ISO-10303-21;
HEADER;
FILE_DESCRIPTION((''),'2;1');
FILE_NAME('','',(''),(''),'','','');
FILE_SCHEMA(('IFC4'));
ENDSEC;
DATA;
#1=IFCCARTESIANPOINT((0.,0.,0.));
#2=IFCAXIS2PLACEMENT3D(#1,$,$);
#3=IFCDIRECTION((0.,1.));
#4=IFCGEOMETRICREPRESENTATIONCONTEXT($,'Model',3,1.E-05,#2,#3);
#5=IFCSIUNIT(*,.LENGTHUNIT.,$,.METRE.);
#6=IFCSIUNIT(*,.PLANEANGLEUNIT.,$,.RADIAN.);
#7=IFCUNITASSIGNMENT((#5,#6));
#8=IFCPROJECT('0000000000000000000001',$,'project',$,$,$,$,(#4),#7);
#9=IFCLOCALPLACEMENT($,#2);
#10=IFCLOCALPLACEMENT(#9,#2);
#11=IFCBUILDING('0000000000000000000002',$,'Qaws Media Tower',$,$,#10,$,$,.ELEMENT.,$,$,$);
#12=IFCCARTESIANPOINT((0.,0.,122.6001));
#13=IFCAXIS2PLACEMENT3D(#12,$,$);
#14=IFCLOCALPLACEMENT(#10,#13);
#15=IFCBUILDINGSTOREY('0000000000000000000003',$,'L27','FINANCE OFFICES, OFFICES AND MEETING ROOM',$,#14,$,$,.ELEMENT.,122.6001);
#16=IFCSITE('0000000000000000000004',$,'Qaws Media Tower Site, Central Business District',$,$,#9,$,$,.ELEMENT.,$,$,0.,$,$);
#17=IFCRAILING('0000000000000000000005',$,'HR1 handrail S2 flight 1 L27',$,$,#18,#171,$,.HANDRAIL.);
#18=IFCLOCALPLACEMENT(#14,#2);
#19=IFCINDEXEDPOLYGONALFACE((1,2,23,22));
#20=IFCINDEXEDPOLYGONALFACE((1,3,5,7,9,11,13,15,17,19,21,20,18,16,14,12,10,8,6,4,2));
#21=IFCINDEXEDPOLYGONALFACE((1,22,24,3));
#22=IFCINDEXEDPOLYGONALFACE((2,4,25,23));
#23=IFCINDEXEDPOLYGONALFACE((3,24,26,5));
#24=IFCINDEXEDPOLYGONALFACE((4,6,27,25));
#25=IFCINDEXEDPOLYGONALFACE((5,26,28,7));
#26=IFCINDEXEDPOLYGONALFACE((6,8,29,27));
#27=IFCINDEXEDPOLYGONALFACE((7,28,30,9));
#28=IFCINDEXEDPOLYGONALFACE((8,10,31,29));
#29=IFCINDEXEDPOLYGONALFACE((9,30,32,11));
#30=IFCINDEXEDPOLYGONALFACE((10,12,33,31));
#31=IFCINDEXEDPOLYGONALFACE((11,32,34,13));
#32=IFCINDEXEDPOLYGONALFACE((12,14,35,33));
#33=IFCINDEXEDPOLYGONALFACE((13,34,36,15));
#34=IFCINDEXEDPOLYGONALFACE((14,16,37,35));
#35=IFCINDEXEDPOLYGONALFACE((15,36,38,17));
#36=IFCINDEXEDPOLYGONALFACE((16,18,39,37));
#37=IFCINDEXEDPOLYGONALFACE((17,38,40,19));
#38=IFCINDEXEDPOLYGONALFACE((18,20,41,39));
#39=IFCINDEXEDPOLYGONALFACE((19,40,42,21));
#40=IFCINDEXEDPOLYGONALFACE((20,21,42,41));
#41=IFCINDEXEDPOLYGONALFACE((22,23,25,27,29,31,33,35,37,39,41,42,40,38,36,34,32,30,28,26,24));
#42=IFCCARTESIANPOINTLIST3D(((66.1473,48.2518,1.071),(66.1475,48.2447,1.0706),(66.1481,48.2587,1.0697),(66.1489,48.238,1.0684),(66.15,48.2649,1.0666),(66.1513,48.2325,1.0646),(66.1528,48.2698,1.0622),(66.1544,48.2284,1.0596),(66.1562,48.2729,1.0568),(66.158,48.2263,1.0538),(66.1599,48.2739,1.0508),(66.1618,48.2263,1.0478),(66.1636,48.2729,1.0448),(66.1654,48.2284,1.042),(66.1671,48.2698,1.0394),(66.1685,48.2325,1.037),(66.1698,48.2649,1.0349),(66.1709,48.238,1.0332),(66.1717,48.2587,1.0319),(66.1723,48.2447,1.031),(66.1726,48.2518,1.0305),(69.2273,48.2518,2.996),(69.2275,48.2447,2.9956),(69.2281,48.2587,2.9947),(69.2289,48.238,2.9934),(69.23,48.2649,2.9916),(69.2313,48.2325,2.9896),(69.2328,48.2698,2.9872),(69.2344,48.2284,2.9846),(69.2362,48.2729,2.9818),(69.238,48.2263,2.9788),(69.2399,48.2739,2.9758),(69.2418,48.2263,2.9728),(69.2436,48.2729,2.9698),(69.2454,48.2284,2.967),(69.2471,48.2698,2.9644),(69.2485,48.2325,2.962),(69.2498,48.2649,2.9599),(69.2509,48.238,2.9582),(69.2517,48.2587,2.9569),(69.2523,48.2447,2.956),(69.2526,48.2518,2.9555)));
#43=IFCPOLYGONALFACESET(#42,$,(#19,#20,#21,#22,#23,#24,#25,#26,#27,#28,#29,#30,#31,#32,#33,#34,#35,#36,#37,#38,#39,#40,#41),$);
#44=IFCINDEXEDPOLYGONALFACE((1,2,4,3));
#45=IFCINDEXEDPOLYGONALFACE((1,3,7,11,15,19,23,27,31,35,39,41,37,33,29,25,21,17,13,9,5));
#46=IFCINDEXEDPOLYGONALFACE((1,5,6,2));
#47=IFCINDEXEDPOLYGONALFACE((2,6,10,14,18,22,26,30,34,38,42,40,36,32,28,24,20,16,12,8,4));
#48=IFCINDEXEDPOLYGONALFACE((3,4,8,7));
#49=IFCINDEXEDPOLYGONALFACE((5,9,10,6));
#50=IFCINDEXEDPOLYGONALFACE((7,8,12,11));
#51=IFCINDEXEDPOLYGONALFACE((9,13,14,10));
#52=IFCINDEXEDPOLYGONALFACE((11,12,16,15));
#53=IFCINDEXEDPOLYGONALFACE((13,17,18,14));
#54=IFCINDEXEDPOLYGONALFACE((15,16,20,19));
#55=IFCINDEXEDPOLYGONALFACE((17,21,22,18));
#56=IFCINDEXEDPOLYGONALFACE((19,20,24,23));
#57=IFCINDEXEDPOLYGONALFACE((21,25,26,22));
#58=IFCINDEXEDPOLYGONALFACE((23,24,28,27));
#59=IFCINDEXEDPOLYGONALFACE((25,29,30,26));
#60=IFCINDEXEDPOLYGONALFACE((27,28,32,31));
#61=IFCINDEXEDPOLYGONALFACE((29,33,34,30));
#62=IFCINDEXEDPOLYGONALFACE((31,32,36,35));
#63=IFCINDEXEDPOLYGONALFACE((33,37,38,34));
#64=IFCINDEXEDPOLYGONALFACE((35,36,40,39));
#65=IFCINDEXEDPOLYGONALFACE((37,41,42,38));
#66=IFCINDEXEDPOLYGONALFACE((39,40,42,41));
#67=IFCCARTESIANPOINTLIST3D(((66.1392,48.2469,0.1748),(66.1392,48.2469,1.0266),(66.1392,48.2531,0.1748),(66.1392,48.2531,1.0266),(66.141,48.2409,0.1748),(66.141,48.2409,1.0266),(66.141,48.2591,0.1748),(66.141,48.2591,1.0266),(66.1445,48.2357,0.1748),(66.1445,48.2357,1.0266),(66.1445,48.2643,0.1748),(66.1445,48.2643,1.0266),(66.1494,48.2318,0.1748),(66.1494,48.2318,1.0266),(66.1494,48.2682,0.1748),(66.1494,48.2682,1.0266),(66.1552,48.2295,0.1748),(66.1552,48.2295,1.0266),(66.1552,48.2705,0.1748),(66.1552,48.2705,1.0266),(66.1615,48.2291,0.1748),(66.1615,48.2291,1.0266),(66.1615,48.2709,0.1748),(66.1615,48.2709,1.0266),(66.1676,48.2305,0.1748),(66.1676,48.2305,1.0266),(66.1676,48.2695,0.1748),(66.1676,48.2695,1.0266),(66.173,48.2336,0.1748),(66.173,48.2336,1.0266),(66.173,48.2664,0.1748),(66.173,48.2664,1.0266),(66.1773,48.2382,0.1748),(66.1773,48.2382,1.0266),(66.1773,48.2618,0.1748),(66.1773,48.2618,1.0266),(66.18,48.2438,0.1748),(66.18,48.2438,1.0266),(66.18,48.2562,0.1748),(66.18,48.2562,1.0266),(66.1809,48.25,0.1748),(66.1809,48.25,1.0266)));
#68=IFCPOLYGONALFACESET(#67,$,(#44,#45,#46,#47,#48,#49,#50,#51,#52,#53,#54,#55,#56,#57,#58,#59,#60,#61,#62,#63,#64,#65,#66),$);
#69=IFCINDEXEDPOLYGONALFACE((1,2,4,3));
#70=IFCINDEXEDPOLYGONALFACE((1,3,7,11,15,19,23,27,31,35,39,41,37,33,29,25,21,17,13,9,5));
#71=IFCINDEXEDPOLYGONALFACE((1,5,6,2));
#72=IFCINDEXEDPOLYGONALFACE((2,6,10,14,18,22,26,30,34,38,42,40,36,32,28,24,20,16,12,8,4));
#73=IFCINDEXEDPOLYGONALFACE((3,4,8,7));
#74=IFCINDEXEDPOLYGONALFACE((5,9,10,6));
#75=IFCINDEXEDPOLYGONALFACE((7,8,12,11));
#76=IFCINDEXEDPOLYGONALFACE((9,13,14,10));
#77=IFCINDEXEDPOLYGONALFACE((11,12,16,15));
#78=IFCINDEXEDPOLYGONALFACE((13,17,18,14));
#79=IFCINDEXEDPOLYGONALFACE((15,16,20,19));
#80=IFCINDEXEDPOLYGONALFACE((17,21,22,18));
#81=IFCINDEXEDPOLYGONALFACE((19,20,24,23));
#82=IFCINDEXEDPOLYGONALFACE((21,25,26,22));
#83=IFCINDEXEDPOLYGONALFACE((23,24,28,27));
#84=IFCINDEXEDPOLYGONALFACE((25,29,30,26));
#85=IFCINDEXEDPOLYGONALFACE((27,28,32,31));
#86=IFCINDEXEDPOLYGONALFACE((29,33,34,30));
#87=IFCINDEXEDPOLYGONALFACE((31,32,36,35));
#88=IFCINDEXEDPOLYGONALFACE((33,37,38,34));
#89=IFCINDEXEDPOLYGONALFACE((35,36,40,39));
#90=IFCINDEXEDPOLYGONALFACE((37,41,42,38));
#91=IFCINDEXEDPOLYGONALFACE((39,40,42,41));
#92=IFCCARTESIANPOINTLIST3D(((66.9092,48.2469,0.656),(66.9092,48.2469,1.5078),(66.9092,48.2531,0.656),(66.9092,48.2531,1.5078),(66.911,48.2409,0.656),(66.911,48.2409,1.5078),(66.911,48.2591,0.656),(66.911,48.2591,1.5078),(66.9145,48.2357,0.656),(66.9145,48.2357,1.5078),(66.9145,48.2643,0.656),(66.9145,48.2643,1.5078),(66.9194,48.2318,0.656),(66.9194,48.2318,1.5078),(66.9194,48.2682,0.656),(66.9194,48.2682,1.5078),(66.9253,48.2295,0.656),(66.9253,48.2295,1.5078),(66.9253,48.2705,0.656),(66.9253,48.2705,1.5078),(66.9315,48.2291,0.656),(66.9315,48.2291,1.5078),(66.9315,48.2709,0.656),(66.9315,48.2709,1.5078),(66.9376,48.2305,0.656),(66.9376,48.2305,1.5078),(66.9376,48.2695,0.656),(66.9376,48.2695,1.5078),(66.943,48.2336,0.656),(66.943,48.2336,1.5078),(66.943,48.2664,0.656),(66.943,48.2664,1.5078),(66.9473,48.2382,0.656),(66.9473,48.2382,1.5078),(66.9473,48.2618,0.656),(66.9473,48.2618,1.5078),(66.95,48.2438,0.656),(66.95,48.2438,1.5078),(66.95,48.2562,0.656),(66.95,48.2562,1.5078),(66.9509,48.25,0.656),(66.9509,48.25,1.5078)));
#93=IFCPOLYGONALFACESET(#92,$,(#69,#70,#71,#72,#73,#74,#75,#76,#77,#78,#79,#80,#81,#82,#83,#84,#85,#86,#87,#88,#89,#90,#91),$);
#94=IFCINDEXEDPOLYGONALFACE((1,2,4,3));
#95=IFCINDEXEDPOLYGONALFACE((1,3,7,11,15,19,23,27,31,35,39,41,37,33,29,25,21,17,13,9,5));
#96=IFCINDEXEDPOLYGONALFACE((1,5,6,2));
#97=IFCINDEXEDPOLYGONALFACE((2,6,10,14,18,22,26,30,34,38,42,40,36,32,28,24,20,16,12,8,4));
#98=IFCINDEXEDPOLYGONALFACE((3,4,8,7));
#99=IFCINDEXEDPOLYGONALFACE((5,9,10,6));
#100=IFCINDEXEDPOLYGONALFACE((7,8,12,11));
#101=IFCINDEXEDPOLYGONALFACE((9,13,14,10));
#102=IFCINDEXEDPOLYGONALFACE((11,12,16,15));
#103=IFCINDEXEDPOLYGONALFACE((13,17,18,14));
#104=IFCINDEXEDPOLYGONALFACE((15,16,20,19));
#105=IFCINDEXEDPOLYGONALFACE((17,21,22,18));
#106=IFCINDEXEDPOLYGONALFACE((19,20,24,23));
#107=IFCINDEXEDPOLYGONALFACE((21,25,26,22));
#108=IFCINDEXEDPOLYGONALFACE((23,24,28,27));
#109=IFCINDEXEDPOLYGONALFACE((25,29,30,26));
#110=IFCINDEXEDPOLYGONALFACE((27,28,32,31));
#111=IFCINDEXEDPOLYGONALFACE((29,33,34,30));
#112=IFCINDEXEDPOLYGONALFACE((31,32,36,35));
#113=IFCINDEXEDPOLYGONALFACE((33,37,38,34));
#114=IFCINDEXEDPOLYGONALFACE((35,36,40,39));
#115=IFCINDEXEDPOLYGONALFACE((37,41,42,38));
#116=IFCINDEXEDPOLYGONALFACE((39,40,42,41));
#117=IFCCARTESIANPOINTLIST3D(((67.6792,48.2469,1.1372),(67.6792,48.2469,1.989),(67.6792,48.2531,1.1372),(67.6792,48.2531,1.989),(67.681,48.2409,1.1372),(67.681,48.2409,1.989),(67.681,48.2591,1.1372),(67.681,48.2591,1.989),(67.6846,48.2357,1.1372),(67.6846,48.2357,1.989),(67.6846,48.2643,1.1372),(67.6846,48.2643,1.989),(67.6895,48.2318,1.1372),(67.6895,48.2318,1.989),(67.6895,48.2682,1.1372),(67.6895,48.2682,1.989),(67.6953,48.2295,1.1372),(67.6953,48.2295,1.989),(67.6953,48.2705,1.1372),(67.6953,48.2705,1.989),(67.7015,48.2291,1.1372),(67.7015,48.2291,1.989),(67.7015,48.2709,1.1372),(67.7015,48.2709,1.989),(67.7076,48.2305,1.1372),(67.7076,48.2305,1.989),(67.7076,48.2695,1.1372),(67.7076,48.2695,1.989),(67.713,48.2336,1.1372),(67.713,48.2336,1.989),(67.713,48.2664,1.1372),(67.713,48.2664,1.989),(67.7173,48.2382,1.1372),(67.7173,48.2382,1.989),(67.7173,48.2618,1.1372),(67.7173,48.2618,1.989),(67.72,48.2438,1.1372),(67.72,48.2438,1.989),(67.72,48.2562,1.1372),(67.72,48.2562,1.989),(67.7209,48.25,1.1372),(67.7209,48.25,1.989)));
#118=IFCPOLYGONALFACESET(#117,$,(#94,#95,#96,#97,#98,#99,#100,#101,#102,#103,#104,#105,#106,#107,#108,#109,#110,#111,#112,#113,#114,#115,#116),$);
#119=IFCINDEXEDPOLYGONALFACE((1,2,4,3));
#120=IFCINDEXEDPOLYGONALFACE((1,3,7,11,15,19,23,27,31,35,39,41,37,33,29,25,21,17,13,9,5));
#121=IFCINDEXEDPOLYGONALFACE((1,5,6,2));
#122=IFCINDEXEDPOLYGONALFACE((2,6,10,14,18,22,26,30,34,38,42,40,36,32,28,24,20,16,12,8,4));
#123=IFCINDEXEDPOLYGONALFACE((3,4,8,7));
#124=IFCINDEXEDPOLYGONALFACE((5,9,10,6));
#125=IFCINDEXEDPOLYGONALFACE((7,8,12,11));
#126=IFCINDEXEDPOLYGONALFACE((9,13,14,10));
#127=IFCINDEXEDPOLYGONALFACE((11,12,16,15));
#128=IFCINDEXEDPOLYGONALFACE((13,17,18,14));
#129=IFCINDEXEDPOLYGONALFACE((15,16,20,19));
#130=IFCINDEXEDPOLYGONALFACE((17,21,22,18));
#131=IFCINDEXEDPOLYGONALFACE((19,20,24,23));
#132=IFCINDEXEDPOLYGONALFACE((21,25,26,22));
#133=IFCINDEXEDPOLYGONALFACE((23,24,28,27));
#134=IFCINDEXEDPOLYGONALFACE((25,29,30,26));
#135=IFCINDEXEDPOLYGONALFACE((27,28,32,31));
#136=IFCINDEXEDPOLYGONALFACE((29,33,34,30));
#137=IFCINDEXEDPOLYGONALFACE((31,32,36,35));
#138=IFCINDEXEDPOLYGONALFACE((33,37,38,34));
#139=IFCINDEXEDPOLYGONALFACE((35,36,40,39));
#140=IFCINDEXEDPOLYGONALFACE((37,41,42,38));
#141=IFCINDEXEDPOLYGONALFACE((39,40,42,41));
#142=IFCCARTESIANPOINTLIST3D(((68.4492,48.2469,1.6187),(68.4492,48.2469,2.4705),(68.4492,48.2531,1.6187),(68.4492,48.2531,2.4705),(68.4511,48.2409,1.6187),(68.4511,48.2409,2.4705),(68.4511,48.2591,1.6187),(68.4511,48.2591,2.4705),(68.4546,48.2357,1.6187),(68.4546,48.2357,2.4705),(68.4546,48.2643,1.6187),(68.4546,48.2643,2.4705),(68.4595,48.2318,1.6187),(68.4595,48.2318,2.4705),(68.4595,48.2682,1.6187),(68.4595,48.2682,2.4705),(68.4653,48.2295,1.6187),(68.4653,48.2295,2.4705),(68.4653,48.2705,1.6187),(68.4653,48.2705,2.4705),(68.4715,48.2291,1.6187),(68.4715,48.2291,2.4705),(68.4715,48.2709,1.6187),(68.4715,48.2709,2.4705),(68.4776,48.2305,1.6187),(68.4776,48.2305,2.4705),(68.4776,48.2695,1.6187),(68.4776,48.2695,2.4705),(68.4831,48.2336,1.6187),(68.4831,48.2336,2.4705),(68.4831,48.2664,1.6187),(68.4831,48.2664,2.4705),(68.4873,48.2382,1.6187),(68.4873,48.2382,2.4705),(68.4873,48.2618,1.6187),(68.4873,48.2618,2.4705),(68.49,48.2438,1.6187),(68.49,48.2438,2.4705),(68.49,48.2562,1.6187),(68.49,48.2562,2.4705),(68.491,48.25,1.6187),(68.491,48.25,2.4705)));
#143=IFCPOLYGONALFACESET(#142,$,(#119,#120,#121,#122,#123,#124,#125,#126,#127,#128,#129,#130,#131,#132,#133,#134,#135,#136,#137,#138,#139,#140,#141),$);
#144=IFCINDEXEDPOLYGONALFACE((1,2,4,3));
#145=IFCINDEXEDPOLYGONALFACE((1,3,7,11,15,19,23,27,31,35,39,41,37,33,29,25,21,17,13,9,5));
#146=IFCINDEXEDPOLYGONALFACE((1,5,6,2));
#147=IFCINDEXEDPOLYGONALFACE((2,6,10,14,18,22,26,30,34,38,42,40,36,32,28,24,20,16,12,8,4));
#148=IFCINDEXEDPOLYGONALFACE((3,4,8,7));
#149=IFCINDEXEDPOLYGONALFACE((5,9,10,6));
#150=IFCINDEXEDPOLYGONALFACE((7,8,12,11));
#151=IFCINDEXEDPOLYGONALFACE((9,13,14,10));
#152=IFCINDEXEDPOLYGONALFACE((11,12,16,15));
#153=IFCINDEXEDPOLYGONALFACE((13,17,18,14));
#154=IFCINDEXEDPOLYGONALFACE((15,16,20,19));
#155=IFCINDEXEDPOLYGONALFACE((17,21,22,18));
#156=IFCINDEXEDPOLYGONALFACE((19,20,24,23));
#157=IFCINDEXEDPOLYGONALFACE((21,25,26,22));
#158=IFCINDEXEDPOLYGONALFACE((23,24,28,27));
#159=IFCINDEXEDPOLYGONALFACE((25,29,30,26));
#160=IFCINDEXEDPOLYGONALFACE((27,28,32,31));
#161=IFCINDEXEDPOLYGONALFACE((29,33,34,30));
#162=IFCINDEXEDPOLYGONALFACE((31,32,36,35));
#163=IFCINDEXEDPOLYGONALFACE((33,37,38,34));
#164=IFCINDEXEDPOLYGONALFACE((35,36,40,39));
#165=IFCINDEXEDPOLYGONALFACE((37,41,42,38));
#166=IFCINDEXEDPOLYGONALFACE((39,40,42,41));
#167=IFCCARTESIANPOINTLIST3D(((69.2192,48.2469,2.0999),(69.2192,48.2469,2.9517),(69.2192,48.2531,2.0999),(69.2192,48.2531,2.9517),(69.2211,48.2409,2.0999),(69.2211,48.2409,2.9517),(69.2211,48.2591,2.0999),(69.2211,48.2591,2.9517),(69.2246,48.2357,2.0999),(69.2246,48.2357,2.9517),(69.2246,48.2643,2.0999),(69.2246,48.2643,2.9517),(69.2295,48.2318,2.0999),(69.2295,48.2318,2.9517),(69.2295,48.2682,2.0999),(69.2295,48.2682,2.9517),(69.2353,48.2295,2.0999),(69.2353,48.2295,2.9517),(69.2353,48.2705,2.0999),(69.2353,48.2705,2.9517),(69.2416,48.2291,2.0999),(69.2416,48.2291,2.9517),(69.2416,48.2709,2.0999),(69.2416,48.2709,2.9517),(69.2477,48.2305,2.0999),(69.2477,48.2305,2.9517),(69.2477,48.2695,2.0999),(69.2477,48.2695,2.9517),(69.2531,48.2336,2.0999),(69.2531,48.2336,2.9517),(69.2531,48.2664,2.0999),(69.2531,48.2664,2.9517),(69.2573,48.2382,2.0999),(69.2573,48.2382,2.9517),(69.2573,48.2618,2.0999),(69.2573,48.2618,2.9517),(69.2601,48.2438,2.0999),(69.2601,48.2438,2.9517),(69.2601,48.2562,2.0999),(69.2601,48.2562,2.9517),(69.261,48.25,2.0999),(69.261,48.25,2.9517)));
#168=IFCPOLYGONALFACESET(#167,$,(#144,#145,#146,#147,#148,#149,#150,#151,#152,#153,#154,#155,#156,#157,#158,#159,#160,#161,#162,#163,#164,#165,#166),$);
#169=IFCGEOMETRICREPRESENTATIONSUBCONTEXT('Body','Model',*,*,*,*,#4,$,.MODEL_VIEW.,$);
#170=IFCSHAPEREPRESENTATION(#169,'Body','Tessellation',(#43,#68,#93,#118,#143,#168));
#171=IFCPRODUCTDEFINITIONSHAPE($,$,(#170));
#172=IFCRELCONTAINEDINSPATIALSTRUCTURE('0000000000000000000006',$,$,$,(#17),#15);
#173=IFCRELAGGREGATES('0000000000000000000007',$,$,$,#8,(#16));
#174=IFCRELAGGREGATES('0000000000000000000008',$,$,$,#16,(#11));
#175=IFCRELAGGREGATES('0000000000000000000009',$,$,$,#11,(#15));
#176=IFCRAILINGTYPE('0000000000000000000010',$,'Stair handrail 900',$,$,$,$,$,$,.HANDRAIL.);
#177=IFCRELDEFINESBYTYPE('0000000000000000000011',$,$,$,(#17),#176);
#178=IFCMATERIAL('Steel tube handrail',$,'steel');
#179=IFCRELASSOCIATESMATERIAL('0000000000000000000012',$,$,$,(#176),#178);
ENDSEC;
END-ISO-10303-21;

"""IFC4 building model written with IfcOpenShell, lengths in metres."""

from ifc_helpers import new_model, si_unit, direction, frame, origin, origin_2d, place, context, subcontext, project, spatial, circle, extrude, material, type_object, element, save


model = new_model("IFC4")

# Units and contexts
model_context = context("Model", 3, precision=1e-05, world=origin(), true_north=direction((0.0, 1.0)))
body_context = subcontext(model_context, "Body", "Model", "MODEL_VIEW")
ifc_project = project(units=[si_unit("LENGTHUNIT", "METRE"), si_unit("PLANEANGLEUNIT", "RADIAN")], contexts=[model_context])

# Site, building, storey
site_placement = place(None, origin())
site = spatial("IfcSite", under=ifc_project, at=site_placement, Name="Qaws Media Tower Site, Central Business District", CompositionType="ELEMENT", RefElevation=0.0)
building_placement = place(site_placement, origin())
building = spatial("IfcBuilding", under=site, at=building_placement, Name="Qaws Media Tower", CompositionType="ELEMENT")
storey_placement = place(building_placement, frame((0.0, 0.0, 122.6001)))
storey = spatial("IfcBuildingStorey", under=building, at=storey_placement, Name="L27", Description="FINANCE OFFICES, OFFICES AND MEETING ROOM", CompositionType="ELEMENT", Elevation=122.6001)

# Railing
ifc_material_1 = material(Name="Steel tube handrail", Category="steel")
railing_type = type_object("IfcRailingType", Name="Stair handrail 900", PredefinedType="HANDRAIL", material=ifc_material_1)
for number, where, name in (
    (1, (66.1599, 48.25, 0.1748), "HR1 handrail S2 flight 1 L27"),
):
    element("IfcRailing", number, at=place(storey_placement, frame(where)), inside=storey, type_object=railing_type, Name=name, PredefinedType="HANDRAIL", context=body_context, shape_type="SweptSolid", body=[
        extrude(circle(Radius=0.0239, at=origin_2d()), frame((0.0, 0.0, 0.876), z_axis=(0.847998, 0.0, 0.529999), x_axis=(0.0, 1.0, 0.0)), (0.0, 0.0, 1.0), 3.6321),
        extrude(circle(Radius=0.021, at=origin_2d()), origin(), (0.0, 0.0, 1.0), 0.8518),
        extrude(circle(Radius=0.021, at=origin_2d()), frame((0.77, 0.0, 0.4812)), (0.0, 0.0, 1.0), 0.8518),
        extrude(circle(Radius=0.021, at=origin_2d()), frame((1.54, 0.0, 0.9624)), (0.0, 0.0, 1.0), 0.8518),
        extrude(circle(Radius=0.021, at=origin_2d()), frame((2.3101, 0.0, 1.4438)), (0.0, 0.0, 1.0), 0.8518),
        extrude(circle(Radius=0.021, at=origin_2d()), frame((3.0801, 0.0, 1.925)), (0.0, 0.0, 1.0), 0.8518),
    ])

save(model, "model.ifc")
